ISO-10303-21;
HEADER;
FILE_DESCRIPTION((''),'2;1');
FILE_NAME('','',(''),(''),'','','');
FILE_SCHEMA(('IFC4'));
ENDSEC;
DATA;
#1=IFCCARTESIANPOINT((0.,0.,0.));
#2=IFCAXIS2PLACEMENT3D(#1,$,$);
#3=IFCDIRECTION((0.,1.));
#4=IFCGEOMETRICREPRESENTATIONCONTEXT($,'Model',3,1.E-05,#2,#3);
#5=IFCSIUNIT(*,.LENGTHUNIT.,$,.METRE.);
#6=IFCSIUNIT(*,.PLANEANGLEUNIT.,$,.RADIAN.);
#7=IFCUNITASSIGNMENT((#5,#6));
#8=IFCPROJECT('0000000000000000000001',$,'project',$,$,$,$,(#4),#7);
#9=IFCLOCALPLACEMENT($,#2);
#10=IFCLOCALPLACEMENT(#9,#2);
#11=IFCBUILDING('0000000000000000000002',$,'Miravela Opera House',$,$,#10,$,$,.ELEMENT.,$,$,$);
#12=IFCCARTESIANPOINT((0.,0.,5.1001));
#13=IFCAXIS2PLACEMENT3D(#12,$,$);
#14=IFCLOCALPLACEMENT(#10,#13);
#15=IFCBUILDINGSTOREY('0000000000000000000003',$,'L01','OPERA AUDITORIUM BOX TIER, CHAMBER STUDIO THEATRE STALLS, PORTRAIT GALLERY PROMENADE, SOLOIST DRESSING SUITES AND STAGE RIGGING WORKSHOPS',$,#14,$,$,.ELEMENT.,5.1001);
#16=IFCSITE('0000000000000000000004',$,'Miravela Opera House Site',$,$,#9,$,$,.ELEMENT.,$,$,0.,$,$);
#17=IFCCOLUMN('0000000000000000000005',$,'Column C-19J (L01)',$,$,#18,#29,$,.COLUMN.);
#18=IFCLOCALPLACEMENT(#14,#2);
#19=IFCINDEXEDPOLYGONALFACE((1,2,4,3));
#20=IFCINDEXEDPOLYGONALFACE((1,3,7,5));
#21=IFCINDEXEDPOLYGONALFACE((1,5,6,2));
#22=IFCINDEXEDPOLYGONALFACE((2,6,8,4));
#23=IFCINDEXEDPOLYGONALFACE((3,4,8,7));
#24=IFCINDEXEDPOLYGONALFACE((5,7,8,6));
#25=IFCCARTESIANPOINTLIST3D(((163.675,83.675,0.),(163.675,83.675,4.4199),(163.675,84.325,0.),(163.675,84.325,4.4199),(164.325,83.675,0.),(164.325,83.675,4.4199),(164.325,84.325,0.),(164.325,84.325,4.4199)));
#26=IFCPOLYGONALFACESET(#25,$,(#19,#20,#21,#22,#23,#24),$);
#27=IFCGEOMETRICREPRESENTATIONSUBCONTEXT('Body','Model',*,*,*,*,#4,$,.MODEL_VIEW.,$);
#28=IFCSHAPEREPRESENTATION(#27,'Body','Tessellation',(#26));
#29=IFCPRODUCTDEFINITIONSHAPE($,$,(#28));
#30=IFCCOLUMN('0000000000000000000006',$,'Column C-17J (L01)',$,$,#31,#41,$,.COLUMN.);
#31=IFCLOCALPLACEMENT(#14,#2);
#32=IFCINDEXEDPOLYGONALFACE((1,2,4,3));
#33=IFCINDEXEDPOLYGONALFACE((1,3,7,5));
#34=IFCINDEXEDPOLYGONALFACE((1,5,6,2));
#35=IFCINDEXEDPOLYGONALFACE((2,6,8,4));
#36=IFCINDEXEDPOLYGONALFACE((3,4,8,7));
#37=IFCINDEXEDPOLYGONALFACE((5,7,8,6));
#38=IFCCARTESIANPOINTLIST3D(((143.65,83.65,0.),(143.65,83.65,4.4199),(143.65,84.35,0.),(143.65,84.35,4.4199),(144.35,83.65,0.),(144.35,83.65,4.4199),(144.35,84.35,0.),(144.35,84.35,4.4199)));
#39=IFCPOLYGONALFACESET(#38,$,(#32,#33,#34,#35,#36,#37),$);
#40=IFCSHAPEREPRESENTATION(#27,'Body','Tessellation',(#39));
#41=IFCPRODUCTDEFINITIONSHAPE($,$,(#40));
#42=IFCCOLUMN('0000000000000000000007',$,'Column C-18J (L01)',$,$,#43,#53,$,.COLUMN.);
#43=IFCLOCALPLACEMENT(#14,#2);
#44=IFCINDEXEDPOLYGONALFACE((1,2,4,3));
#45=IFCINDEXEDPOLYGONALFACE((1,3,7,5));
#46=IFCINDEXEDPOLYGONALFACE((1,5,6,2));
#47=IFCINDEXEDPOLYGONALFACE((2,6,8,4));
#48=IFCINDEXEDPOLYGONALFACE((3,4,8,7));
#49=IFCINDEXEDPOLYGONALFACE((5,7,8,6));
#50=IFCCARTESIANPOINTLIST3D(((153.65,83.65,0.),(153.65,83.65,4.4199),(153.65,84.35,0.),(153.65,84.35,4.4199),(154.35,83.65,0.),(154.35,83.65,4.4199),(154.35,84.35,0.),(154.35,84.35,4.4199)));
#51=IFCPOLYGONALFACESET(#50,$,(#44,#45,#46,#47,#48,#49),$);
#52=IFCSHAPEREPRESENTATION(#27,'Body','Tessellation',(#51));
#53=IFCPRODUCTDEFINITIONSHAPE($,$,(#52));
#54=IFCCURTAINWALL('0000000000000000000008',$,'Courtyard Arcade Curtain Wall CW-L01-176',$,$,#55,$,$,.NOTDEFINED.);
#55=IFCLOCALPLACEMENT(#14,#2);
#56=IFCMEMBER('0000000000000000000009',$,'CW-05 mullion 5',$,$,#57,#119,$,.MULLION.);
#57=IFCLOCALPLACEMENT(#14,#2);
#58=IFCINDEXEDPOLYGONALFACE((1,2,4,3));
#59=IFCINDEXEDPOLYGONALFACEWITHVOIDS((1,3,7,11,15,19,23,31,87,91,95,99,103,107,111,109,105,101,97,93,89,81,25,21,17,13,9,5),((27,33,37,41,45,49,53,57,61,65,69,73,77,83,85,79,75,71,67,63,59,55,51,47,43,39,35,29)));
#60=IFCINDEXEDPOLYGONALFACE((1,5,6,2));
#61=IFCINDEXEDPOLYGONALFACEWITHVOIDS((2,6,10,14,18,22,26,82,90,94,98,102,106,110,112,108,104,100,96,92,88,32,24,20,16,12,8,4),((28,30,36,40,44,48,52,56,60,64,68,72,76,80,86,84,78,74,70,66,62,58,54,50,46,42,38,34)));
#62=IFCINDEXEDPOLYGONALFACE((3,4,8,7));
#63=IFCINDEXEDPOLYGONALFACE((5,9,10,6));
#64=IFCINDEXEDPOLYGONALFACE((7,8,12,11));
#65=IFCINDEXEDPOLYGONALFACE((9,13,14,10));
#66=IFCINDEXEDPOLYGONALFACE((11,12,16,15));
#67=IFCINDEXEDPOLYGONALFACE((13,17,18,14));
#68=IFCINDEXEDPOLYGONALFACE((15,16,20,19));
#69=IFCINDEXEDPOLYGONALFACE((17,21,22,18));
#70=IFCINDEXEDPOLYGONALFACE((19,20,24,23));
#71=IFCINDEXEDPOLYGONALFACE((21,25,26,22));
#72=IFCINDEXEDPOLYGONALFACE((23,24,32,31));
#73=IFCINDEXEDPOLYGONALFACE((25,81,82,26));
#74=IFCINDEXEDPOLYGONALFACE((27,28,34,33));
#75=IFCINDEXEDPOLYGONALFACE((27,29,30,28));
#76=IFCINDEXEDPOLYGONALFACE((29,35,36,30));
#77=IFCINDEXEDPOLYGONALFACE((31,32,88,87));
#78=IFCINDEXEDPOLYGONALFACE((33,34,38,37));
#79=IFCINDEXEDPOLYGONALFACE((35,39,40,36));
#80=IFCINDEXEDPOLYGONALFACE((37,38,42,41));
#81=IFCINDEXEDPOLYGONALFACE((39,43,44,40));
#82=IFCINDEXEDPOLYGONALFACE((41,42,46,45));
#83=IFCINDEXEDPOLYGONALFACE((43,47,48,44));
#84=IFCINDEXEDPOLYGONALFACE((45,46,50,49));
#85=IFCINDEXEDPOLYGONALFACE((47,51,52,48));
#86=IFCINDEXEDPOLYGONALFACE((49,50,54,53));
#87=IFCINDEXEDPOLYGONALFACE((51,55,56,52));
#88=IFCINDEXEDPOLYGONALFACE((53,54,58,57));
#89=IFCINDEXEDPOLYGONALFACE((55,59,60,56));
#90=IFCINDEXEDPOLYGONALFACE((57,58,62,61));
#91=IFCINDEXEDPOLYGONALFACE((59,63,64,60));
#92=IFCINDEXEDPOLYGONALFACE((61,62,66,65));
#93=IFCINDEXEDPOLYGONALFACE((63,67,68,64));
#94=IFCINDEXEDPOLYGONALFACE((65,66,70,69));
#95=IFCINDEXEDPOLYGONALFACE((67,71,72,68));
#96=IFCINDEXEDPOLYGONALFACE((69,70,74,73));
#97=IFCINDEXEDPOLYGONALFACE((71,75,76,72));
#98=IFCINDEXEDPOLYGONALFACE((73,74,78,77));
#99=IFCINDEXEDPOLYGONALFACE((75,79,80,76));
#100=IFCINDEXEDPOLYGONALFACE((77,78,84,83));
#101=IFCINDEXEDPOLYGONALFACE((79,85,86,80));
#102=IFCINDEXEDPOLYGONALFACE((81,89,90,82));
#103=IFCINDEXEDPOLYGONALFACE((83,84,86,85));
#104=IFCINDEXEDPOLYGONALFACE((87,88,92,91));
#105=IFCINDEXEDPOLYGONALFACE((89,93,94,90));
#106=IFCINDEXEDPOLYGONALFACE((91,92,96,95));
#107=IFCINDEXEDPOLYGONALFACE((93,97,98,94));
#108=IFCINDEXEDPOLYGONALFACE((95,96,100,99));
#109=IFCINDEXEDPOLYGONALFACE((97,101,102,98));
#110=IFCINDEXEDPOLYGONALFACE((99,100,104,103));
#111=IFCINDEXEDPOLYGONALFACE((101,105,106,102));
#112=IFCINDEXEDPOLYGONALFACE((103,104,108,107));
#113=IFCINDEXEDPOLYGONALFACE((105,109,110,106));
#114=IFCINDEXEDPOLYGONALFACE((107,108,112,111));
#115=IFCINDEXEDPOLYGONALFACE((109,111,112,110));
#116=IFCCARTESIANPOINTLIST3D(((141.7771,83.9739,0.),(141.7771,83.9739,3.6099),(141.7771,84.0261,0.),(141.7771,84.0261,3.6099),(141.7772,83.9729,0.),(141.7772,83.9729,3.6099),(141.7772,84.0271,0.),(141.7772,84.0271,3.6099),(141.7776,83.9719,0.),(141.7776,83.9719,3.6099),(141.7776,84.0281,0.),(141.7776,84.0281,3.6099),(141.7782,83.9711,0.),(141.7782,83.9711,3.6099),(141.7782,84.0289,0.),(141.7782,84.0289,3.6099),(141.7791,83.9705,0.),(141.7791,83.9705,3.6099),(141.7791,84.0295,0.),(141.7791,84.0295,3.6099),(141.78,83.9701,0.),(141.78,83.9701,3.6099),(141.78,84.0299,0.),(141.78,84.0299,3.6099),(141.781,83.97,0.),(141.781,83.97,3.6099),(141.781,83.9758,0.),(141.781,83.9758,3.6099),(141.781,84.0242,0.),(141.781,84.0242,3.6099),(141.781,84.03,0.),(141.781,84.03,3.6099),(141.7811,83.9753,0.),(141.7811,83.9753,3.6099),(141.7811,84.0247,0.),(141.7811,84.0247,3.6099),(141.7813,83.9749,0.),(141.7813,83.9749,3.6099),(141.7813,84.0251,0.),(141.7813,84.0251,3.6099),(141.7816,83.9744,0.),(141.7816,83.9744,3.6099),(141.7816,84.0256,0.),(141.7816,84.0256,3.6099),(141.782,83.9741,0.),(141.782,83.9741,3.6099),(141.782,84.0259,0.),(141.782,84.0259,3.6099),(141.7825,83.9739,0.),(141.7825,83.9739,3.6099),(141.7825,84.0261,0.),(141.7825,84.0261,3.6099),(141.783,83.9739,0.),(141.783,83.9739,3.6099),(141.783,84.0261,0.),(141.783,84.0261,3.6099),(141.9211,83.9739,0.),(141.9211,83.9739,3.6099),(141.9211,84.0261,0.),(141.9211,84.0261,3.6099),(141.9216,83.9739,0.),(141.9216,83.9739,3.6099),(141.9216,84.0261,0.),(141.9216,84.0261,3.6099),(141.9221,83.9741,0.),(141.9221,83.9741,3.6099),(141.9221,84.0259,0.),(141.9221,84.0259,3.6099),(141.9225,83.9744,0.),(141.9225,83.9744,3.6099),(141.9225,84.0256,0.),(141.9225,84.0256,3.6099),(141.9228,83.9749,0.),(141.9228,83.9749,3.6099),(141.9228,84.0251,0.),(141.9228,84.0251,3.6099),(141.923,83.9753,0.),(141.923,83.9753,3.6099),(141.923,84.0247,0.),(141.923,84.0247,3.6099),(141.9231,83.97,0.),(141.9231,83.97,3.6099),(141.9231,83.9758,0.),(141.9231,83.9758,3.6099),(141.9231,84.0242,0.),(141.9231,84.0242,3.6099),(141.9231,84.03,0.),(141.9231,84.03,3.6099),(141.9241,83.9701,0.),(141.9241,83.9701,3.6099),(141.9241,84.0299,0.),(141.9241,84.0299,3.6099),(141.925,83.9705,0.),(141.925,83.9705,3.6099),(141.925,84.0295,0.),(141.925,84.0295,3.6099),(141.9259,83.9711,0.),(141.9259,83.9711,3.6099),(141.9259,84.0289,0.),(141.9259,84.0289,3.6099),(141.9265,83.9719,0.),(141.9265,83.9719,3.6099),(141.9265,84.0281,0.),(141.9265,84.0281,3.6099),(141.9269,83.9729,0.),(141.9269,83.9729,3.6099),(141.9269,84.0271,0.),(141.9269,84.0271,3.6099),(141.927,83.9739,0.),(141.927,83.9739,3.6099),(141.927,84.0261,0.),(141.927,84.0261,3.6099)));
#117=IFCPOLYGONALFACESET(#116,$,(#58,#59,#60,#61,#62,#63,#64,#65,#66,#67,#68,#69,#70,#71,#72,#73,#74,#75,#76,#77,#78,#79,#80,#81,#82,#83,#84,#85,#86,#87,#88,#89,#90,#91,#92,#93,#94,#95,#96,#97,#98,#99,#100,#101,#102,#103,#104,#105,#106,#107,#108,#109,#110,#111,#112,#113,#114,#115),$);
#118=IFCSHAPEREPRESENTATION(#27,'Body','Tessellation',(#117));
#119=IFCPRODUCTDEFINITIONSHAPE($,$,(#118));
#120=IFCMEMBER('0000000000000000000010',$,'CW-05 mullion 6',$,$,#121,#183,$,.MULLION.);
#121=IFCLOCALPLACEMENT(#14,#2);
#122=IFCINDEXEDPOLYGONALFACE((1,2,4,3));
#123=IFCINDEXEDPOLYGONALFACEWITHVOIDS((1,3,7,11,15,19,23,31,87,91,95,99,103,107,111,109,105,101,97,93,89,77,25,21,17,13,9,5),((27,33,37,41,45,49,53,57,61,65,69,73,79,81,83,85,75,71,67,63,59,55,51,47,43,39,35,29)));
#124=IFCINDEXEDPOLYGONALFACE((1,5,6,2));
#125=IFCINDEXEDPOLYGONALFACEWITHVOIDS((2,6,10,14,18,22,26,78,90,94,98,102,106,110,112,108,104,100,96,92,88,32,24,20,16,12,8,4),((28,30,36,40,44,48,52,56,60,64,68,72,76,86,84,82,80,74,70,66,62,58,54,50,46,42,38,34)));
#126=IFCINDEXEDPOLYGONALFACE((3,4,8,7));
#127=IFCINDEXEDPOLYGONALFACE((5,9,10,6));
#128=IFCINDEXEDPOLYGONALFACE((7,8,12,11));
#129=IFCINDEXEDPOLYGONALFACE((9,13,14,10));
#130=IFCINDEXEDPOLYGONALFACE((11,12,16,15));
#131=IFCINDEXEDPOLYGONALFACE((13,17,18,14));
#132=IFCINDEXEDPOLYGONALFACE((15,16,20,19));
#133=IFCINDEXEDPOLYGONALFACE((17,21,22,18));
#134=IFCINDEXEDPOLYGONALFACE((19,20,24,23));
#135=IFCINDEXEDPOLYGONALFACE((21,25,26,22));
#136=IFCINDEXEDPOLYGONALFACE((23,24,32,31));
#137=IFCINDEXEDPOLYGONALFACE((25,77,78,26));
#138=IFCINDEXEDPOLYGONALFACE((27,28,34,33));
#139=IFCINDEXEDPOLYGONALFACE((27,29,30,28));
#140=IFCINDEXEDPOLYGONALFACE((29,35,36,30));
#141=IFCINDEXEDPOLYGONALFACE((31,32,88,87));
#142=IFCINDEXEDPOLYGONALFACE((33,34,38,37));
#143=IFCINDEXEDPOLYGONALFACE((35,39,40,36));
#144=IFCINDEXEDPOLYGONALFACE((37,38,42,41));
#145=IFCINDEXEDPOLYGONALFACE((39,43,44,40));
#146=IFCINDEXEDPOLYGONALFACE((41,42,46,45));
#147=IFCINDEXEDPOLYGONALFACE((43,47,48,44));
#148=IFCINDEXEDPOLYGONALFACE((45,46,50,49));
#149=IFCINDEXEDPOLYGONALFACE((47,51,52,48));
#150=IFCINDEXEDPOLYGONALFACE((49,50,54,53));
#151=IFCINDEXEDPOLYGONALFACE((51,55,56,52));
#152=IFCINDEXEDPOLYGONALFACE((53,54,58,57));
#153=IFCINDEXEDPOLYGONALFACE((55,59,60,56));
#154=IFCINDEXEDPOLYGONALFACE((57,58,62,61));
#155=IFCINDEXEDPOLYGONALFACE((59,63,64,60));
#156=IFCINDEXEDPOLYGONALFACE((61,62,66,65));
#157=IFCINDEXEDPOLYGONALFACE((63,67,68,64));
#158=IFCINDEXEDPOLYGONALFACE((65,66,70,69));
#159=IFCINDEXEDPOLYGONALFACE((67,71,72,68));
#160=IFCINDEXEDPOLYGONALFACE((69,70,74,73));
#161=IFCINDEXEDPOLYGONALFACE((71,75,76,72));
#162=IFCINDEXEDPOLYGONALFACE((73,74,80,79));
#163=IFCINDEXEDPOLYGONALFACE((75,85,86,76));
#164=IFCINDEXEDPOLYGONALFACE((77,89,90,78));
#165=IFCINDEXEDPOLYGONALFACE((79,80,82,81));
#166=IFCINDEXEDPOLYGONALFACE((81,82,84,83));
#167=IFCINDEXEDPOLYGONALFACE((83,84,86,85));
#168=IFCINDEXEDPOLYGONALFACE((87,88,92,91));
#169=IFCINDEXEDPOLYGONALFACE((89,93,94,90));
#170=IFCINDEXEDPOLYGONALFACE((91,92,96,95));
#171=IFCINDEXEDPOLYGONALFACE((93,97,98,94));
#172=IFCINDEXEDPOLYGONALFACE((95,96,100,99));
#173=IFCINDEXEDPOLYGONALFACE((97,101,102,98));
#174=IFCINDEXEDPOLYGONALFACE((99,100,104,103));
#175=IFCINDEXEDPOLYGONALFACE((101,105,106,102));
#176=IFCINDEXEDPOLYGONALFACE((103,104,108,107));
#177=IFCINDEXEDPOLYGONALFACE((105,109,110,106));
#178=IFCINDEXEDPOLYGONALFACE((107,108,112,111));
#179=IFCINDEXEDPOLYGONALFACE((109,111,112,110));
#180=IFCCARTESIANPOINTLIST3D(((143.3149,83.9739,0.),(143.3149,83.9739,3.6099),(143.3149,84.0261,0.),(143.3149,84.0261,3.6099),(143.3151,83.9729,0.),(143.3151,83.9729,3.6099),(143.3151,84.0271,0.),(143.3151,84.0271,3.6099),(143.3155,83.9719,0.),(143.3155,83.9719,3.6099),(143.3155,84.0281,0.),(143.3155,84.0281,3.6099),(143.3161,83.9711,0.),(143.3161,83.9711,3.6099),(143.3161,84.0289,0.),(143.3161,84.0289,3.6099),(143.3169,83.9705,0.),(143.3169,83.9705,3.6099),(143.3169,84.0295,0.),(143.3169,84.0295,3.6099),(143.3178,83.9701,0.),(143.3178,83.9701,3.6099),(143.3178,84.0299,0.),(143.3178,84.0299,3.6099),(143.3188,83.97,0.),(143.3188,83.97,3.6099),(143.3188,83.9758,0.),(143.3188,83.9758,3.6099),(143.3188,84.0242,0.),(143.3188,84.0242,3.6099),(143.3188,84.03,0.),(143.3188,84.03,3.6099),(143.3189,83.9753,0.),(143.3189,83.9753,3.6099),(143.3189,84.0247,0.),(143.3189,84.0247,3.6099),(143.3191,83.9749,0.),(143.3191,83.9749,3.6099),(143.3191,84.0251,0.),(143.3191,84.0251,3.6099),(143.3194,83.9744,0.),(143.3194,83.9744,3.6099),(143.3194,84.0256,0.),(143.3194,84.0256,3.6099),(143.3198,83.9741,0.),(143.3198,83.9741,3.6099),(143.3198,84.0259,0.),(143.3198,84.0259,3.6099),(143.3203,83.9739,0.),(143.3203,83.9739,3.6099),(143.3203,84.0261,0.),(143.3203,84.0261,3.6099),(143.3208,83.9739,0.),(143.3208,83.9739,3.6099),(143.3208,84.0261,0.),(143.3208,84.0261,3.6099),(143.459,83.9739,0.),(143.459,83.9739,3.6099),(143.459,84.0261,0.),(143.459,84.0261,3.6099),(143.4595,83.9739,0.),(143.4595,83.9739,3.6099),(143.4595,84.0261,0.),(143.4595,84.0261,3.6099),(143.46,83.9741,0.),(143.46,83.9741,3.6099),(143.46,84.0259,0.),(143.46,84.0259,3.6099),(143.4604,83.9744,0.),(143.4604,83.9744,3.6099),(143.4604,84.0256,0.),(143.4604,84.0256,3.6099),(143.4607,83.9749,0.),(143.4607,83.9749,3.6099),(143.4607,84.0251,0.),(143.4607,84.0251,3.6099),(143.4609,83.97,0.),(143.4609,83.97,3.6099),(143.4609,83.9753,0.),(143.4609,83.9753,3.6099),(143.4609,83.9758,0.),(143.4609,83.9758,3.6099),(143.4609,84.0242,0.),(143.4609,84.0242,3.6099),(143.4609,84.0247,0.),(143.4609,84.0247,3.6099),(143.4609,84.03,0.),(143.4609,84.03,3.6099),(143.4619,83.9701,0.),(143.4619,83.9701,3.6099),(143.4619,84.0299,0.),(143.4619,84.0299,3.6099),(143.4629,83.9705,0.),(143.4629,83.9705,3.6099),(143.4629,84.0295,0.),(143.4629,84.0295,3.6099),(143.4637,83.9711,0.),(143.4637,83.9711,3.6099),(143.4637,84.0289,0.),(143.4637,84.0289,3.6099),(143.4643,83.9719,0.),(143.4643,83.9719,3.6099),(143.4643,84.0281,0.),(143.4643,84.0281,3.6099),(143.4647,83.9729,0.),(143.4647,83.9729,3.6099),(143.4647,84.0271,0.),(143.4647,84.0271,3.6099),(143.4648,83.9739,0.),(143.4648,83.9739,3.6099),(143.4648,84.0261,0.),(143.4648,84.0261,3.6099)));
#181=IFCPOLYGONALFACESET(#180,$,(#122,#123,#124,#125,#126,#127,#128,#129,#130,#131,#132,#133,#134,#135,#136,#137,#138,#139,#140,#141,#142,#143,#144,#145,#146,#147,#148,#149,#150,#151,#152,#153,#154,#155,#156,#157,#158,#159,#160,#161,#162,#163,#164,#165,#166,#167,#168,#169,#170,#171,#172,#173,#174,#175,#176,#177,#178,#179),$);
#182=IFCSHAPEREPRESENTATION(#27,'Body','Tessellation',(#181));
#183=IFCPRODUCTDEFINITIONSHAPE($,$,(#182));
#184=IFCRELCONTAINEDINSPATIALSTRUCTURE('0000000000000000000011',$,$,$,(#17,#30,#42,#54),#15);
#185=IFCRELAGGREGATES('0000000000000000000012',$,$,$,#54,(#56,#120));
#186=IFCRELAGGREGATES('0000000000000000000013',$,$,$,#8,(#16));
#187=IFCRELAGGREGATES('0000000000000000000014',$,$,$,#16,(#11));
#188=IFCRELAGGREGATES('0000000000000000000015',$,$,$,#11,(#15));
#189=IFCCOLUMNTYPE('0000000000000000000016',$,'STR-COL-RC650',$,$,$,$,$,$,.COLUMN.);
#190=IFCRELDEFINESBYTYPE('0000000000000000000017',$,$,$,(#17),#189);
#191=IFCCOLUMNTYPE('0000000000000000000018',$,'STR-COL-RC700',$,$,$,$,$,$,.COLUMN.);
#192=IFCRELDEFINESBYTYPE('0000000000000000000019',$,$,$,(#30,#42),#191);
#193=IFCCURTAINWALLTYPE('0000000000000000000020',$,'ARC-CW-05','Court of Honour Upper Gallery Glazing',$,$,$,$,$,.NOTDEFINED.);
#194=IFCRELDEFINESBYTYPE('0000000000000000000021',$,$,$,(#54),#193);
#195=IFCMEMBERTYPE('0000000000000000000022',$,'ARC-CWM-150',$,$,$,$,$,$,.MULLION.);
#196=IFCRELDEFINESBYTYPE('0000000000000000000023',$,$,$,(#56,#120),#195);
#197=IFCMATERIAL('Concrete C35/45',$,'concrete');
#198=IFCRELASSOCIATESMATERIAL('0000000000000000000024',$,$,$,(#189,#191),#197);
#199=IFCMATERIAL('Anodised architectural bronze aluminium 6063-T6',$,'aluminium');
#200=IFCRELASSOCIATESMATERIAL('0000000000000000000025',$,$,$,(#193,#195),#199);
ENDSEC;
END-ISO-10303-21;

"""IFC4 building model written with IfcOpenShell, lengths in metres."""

from ifc_helpers import new_model, si_unit, direction, frame, origin, origin_2d, place, context, subcontext, project, spatial, rectangle, hollow_rectangle, extrude, material, material_profile, profile_set, type_object, element, aggregate, save


model = new_model("IFC4")

# Units and contexts
model_context = context("Model", 3, precision=1e-05, world=origin(), true_north=direction((0.0, 1.0)))
body_context = subcontext(model_context, "Body", "Model", "MODEL_VIEW")
ifc_project = project(units=[si_unit("LENGTHUNIT", "METRE"), si_unit("PLANEANGLEUNIT", "RADIAN")], contexts=[model_context])

# Site, building, storey
site_placement = place(None, origin())
site = spatial("IfcSite", under=ifc_project, at=site_placement, Name="Miravela Opera House Site", CompositionType="ELEMENT", RefElevation=0.0)
building_placement = place(site_placement, origin())
building = spatial("IfcBuilding", under=site, at=building_placement, Name="Miravela Opera House", CompositionType="ELEMENT")
storey_placement = place(building_placement, frame((0.0, 0.0, 5.1001)))
storey = spatial("IfcBuildingStorey", under=building, at=storey_placement, Name="L01", Description="OPERA AUDITORIUM BOX TIER, CHAMBER STUDIO THEATRE STALLS, PORTRAIT GALLERY PROMENADE, SOLOIST DRESSING SUITES AND STAGE RIGGING WORKSHOPS", CompositionType="ELEMENT", Elevation=5.1001)

# Columns
ifc_material_1 = material(Name="Concrete C35/45", Category="concrete")
ifc_material_profile_1 = material_profile(ifc_material_1, rectangle(XDim=0.6499, YDim=0.6499, at=origin_2d()), Name="RC-COL-650X650")
ifc_profile_set_1 = profile_set([ifc_material_profile_1])
column_type_1 = type_object("IfcColumnType", Name="STR-COL-RC650", PredefinedType="COLUMN", material=ifc_profile_set_1)
column_placement = place(storey_placement, frame((164.0, 84.0, 0.0), z_axis=(0.0, 0.0, 1.0), x_axis=(1.0, 0.0, 0.0)))
element("IfcColumn", 1, at=column_placement, inside=storey, type_object=column_type_1, Name="Column C-19J (L01)", PredefinedType="COLUMN", context=body_context, shape_type="SweptSolid", body=[
    extrude(rectangle(XDim=0.6499, YDim=0.6499, at=origin_2d()), origin(), (0.0, 0.0, 1.0), 4.4199),
])
ifc_material_profile_2 = material_profile(ifc_material_1, rectangle(XDim=0.7, YDim=0.7, at=origin_2d()), Name="RC-COL-700X700")
ifc_profile_set_2 = profile_set([ifc_material_profile_2])
column_type_2 = type_object("IfcColumnType", Name="STR-COL-RC700", PredefinedType="COLUMN", material=ifc_profile_set_2)
for number, where, z_axis, x_axis, name in (
    (2, (144.0, 84.0, 0.0), (0.0, 0.0, 1.0), (1.0, 0.0, 0.0), "Column C-17J (L01)"),
    (3, (154.0, 84.0, 0.0), (0.0, 0.0, 1.0), (1.0, 0.0, 0.0), "Column C-18J (L01)"),
):
    element("IfcColumn", number, at=place(storey_placement, frame(where, z_axis=z_axis, x_axis=x_axis)), inside=storey, type_object=column_type_2, Name=name, PredefinedType="COLUMN", context=body_context, shape_type="SweptSolid", body=[
        extrude(rectangle(XDim=0.7, YDim=0.7, at=origin_2d()), origin(), (0.0, 0.0, 1.0), 4.4199),
    ])

# Curtain wall, members
ifc_material_2 = material(Name="Anodised architectural bronze aluminium 6063-T6", Category="aluminium")
curtain_wall_type = type_object("IfcCurtainWallType", Name="ARC-CW-05", Description="Court of Honour Upper Gallery Glazing", PredefinedType="NOTDEFINED", material=ifc_material_2)
curtain_wall_placement = place(storey_placement, origin())
curtain_wall = element("IfcCurtainWall", 4, at=curtain_wall_placement, inside=storey, type_object=curtain_wall_type, Name="Courtyard Arcade Curtain Wall CW-L01-176", PredefinedType="NOTDEFINED")
ifc_material_profile_3 = material_profile(ifc_material_2, hollow_rectangle(XDim=0.0601, YDim=0.1499, WallThickness=0.0039, InnerFilletRadius=0.002, OuterFilletRadius=0.0039, at=origin_2d()), Name="CWM-60X150")
ifc_profile_set_3 = profile_set([ifc_material_profile_3])
member_type_1 = type_object("IfcMemberType", Name="ARC-CWM-150", PredefinedType="MULLION", material=ifc_profile_set_3)
member_1_placement = place(storey_placement, frame((141.8521, 84.0, 0.0), z_axis=(0.0, 0.0, 1.0), x_axis=(0.0, 1.0, 0.0)))
member_1 = element("IfcMember", 5, at=member_1_placement, type_object=member_type_1, Name="CW-05 mullion 5", PredefinedType="MULLION", context=body_context, shape_type="SweptSolid", body=[
    extrude(hollow_rectangle(XDim=0.0601, YDim=0.1499, WallThickness=0.0039, InnerFilletRadius=0.002, OuterFilletRadius=0.0039, at=origin_2d()), origin(), (0.0, 0.0, 1.0), 3.6099),
])
member_2_placement = place(storey_placement, frame((143.3899, 84.0, 0.0), z_axis=(0.0, 0.0, 1.0), x_axis=(0.0, 1.0, 0.0)))
member_2 = element("IfcMember", 6, at=member_2_placement, type_object=member_type_1, Name="CW-05 mullion 6", PredefinedType="MULLION", context=body_context, shape_type="SweptSolid", body=[
    extrude(hollow_rectangle(XDim=0.0601, YDim=0.1499, WallThickness=0.0039, InnerFilletRadius=0.002, OuterFilletRadius=0.0039, at=origin_2d()), origin(), (0.0, 0.0, 1.0), 3.6099),
])

aggregate(curtain_wall, [member_1, member_2])

save(model, "model.ifc")
